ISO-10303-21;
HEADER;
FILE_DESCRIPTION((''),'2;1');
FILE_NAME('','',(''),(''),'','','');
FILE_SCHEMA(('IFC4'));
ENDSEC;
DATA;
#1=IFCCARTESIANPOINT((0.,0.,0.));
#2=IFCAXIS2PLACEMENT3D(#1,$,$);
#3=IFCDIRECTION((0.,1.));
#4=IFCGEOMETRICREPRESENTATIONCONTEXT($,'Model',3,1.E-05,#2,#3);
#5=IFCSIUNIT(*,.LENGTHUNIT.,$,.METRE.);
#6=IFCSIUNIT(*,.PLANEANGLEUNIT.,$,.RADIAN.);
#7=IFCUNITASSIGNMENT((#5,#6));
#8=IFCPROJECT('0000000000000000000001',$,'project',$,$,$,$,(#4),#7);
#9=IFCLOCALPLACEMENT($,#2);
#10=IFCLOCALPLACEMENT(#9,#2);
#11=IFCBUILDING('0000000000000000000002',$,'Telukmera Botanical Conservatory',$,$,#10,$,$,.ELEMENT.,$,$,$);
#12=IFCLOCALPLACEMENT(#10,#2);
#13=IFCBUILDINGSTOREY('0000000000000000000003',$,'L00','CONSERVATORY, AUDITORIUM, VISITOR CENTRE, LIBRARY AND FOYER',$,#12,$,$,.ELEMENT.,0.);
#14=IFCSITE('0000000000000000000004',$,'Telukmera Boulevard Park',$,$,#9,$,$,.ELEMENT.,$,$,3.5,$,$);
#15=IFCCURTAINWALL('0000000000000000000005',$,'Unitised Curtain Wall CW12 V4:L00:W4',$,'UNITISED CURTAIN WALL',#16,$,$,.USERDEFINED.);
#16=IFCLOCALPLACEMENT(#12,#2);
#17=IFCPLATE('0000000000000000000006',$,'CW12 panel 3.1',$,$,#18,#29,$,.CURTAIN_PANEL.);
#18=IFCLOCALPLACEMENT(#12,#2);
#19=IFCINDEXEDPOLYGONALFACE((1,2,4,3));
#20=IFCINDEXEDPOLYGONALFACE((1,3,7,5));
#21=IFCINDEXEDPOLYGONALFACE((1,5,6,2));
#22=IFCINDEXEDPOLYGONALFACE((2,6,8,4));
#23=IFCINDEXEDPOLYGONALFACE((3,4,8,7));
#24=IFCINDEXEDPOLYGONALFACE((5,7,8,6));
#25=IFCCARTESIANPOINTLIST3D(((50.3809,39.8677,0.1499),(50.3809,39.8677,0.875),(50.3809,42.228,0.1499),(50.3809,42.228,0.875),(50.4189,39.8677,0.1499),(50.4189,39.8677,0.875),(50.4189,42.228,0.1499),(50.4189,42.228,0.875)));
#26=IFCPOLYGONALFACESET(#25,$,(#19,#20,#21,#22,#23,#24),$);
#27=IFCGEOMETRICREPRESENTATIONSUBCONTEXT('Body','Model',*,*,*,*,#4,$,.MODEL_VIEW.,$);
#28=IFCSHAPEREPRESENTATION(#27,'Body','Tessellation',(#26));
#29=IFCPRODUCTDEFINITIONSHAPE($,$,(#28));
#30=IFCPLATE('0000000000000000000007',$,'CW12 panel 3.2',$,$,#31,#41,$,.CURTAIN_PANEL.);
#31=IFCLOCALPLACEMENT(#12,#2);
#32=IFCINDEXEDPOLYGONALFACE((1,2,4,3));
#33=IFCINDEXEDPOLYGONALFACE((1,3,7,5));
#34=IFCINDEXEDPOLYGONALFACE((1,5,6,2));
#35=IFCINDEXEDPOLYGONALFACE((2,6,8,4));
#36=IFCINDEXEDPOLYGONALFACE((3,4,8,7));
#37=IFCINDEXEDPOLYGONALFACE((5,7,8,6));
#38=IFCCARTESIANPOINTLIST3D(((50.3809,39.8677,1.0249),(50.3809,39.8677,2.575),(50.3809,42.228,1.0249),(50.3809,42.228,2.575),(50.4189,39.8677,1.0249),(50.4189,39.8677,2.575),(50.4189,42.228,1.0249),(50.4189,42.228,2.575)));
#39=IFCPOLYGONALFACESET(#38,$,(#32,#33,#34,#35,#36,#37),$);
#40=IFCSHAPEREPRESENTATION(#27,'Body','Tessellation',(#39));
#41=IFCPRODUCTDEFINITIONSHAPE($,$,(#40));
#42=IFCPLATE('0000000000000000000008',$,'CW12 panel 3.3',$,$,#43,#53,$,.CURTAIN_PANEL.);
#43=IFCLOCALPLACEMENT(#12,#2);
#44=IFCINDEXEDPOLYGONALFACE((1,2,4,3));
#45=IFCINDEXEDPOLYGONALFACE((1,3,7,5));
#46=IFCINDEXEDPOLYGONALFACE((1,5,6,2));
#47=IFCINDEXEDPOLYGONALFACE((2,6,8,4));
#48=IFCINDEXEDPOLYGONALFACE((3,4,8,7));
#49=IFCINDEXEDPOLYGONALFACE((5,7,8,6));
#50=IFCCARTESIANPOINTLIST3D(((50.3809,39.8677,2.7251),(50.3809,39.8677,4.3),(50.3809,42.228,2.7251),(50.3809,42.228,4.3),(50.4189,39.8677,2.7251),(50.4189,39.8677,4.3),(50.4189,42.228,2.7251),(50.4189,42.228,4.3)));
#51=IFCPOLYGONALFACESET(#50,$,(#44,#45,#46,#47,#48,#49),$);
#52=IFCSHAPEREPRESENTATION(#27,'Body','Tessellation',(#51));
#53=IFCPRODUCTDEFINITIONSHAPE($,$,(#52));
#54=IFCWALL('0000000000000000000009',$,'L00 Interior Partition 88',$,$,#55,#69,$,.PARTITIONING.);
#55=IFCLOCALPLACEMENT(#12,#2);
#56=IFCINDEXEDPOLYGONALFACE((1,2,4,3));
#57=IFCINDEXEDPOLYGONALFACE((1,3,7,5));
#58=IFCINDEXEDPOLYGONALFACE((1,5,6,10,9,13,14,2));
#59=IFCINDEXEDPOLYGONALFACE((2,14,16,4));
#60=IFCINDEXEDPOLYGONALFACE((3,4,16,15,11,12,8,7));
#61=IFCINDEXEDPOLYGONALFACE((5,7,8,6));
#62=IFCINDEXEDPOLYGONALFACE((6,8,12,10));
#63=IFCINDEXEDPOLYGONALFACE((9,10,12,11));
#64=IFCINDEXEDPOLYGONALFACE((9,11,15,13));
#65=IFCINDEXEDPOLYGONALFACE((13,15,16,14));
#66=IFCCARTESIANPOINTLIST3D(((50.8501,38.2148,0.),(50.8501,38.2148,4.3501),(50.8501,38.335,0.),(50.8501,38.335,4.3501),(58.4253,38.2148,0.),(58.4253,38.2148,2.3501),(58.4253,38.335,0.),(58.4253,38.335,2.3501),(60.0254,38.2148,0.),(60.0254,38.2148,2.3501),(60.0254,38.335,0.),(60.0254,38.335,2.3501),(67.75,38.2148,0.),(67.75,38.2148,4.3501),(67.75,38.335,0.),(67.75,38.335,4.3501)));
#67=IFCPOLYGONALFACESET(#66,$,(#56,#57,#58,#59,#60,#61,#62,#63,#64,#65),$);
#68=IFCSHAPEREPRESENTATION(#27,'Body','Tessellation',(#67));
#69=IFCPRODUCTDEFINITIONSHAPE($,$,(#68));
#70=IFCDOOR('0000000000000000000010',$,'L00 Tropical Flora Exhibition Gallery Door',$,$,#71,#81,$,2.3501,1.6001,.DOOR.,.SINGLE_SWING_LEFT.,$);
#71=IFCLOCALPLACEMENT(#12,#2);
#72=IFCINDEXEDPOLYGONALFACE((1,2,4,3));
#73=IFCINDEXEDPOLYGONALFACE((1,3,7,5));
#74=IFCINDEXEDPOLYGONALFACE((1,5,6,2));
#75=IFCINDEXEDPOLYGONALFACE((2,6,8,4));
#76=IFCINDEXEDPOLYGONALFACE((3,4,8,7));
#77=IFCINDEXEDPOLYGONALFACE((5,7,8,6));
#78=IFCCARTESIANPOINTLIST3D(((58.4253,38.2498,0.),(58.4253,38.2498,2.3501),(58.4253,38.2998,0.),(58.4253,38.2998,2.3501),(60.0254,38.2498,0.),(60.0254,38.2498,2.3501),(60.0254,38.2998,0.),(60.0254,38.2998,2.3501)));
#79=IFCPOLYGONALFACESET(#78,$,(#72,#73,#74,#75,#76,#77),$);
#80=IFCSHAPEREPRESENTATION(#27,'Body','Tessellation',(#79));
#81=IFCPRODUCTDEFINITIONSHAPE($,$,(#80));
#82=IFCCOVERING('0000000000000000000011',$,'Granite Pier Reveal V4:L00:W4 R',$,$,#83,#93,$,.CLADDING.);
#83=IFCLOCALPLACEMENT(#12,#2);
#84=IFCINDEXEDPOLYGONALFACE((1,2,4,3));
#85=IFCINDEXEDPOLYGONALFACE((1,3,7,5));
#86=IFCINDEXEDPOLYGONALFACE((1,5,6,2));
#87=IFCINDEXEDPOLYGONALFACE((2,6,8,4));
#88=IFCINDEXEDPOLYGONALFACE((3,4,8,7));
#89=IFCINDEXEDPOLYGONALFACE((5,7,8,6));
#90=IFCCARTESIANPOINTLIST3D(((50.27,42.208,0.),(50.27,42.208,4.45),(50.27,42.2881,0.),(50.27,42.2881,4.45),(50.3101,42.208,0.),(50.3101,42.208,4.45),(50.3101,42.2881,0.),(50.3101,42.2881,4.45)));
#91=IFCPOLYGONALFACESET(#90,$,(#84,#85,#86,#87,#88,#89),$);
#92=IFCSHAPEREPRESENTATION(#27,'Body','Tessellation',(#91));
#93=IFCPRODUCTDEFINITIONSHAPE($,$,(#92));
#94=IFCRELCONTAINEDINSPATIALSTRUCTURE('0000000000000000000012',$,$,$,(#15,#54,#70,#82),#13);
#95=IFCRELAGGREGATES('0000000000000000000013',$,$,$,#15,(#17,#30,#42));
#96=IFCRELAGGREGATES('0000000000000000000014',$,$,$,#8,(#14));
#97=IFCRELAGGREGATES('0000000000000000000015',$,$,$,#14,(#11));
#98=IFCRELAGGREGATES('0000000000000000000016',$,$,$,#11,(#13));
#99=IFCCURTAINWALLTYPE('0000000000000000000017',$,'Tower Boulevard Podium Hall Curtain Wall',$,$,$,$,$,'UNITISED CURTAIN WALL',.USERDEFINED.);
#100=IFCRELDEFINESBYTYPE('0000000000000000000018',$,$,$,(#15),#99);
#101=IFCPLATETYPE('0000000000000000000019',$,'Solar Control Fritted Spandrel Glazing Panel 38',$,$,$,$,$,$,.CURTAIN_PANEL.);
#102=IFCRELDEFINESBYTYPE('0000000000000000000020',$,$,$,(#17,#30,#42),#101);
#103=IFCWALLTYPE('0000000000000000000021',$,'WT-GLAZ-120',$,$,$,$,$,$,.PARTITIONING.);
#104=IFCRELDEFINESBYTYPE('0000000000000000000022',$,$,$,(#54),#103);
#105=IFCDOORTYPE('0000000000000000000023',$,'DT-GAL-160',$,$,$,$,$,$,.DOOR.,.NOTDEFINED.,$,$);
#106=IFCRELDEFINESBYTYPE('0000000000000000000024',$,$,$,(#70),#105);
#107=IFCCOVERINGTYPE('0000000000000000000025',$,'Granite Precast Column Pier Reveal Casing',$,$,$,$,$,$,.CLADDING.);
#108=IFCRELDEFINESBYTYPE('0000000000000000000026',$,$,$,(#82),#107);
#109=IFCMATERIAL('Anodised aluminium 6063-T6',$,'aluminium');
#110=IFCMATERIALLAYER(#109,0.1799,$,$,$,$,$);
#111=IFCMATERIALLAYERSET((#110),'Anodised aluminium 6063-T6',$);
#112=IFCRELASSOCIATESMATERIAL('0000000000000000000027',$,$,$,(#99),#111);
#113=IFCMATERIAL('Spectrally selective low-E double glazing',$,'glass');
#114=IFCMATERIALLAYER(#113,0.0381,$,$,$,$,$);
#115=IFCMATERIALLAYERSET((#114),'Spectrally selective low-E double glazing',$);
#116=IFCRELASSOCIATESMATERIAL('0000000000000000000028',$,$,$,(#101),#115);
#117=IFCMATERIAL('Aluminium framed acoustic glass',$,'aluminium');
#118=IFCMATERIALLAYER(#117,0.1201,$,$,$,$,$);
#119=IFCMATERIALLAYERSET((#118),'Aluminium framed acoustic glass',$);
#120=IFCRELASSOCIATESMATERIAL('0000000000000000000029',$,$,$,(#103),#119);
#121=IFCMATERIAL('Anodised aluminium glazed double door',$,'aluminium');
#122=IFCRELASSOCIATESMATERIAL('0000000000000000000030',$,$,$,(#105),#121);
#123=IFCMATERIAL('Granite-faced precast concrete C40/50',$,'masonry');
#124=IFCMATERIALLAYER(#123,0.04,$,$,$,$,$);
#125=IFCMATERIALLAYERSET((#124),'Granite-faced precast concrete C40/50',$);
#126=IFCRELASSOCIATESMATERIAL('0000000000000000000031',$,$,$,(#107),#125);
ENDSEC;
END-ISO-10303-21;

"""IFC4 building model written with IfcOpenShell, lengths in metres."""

from ifc_helpers import new_model, si_unit, direction, frame, frame_2d, origin, origin_2d, place, context, subcontext, project, spatial, rectangle, extrude, material, layer, layer_set, type_object, element, fill, aggregate, save


model = new_model("IFC4")

# Units and contexts
model_context = context("Model", 3, precision=1e-05, world=origin(), true_north=direction((0.0, 1.0)))
body_context = subcontext(model_context, "Body", "Model", "MODEL_VIEW")
ifc_project = project(units=[si_unit("LENGTHUNIT", "METRE"), si_unit("PLANEANGLEUNIT", "RADIAN")], contexts=[model_context])

# Site, building, storey
site_placement = place(None, origin())
site = spatial("IfcSite", under=ifc_project, at=site_placement, Name="Telukmera Boulevard Park", CompositionType="ELEMENT", RefElevation=3.5)
building_placement = place(site_placement, origin())
building = spatial("IfcBuilding", under=site, at=building_placement, Name="Telukmera Botanical Conservatory", CompositionType="ELEMENT")
storey_placement = place(building_placement, origin())
storey = spatial("IfcBuildingStorey", under=building, at=storey_placement, Name="L00", Description="CONSERVATORY, AUDITORIUM, VISITOR CENTRE, LIBRARY AND FOYER", CompositionType="ELEMENT", Elevation=0.0)

# Curtain wall, plates
ifc_material_1 = material(Name="Anodised aluminium 6063-T6", Category="aluminium")
ifc_layer_1 = layer(ifc_material_1, 0.1799)
ifc_layer_set_1 = layer_set([ifc_layer_1], Name="Anodised aluminium 6063-T6")
curtain_wall_type = type_object("IfcCurtainWallType", Name="Tower Boulevard Podium Hall Curtain Wall", ElementType="UNITISED CURTAIN WALL", PredefinedType="USERDEFINED", material=ifc_layer_set_1)
curtain_wall_placement = place(storey_placement, origin())
curtain_wall = element("IfcCurtainWall", 1, at=curtain_wall_placement, inside=storey, type_object=curtain_wall_type, Name="Unitised Curtain Wall CW12 V4:L00:W4", ObjectType="UNITISED CURTAIN WALL", PredefinedType="USERDEFINED")
ifc_material_2 = material(Name="Spectrally selective low-E double glazing", Category="glass")
ifc_layer_2 = layer(ifc_material_2, 0.0381)
ifc_layer_set_2 = layer_set([ifc_layer_2], Name="Spectrally selective low-E double glazing")
plate_type = type_object("IfcPlateType", Name="Solar Control Fritted Spandrel Glazing Panel 38", PredefinedType="CURTAIN_PANEL", material=ifc_layer_set_2)
plate_1_placement = place(storey_placement, frame((50.3999, 41.0479, 0.1499), z_axis=(0.0, 0.0, 1.0), x_axis=(0.0, 1.0, 0.0)))
plate_1 = element("IfcPlate", 2, at=plate_1_placement, type_object=plate_type, Name="CW12 panel 3.1", PredefinedType="CURTAIN_PANEL", context=body_context, shape_type="SweptSolid", body=[
    extrude(rectangle(XDim=2.3604, YDim=0.0381, at=origin_2d()), origin(), (0.0, 0.0, 1.0), 0.7251),
])
plate_2_placement = place(storey_placement, frame((50.3999, 41.0479, 1.0249), z_axis=(0.0, 0.0, 1.0), x_axis=(0.0, 1.0, 0.0)))
plate_2 = element("IfcPlate", 3, at=plate_2_placement, type_object=plate_type, Name="CW12 panel 3.2", PredefinedType="CURTAIN_PANEL", context=body_context, shape_type="SweptSolid", body=[
    extrude(rectangle(XDim=2.3604, YDim=0.0381, at=origin_2d()), origin(), (0.0, 0.0, 1.0), 1.55),
])
plate_3_placement = place(storey_placement, frame((50.3999, 41.0479, 2.7251), z_axis=(0.0, 0.0, 1.0), x_axis=(0.0, 1.0, 0.0)))
plate_3 = element("IfcPlate", 4, at=plate_3_placement, type_object=plate_type, Name="CW12 panel 3.3", PredefinedType="CURTAIN_PANEL", context=body_context, shape_type="SweptSolid", body=[
    extrude(rectangle(XDim=2.3604, YDim=0.0381, at=origin_2d()), origin(), (0.0, 0.0, 1.0), 1.575),
])
aggregate(curtain_wall, [plate_1, plate_2, plate_3])

# Wall, opening, door
ifc_material_3 = material(Name="Aluminium framed acoustic glass", Category="aluminium")
ifc_layer_3 = layer(ifc_material_3, 0.1201)
ifc_layer_set_3 = layer_set([ifc_layer_3], Name="Aluminium framed acoustic glass")
wall_type = type_object("IfcWallType", Name="WT-GLAZ-120", PredefinedType="PARTITIONING", material=ifc_layer_set_3)
wall_placement = place(storey_placement, frame((50.8501, 38.2749, 0.0), z_axis=(0.0, 0.0, 1.0), x_axis=(1.0, 0.0, 0.0)))
wall = element("IfcWall", 5, at=wall_placement, inside=storey, type_object=wall_type, Name="L00 Interior Partition 88", PredefinedType="PARTITIONING", context=body_context, shape_type="SweptSolid", body=[
    extrude(rectangle(XDim=16.8999, YDim=0.1201, at=frame_2d((8.45, 0.0))), origin(), (0.0, 0.0, 1.0), 4.3501),
])
opening_placement = place(wall_placement, frame((7.5752, 0.0, 0.0)))
opening = element("IfcOpeningElement", 6, at=opening_placement, cuts=wall, PredefinedType="OPENING", context=body_context, shape_type="SweptSolid", body=[
    extrude(rectangle(XDim=1.6001, YDim=2.3501, at=frame_2d((0.8, 1.175))), frame((0.0, 0.0701, 0.0), z_axis=(0.0, -1.0, 0.0), x_axis=(1.0, 0.0, 0.0)), (0.0, 0.0, 1.0), 0.1401),
])
ifc_material_4 = material(Name="Anodised aluminium glazed double door", Category="aluminium")
door_type = type_object("IfcDoorType", Name="DT-GAL-160", OperationType="NOTDEFINED", PredefinedType="DOOR", material=ifc_material_4)
door_placement = place(opening_placement, origin())
door = element("IfcDoor", 7, at=door_placement, inside=storey, type_object=door_type, Name="L00 Tropical Flora Exhibition Gallery Door", OperationType="SINGLE_SWING_LEFT", OverallHeight=2.3501, OverallWidth=1.6001, PredefinedType="DOOR", context=body_context, shape_type="SweptSolid", body=[
    extrude(rectangle(XDim=1.6001, YDim=2.3501, at=frame_2d((0.8, 1.175))), frame((0.0, 0.0249, 0.0), z_axis=(0.0, -1.0, 0.0), x_axis=(1.0, 0.0, 0.0)), (0.0, 0.0, 1.0), 0.05),
])
fill(opening, door)

# Covering
ifc_material_5 = material(Name="Granite-faced precast concrete C40/50", Category="masonry")
ifc_layer_4 = layer(ifc_material_5, 0.04)
ifc_layer_set_4 = layer_set([ifc_layer_4], Name="Granite-faced precast concrete C40/50")
covering_type = type_object("IfcCoveringType", Name="Granite Precast Column Pier Reveal Casing", PredefinedType="CLADDING", material=ifc_layer_set_4)
covering_placement = place(storey_placement, frame((50.29, 42.248, 0.0), z_axis=(0.0, 0.0, 1.0), x_axis=(0.0, 1.0, 0.0)))
element("IfcCovering", 8, at=covering_placement, inside=storey, type_object=covering_type, Name="Granite Pier Reveal V4:L00:W4 R", PredefinedType="CLADDING", context=body_context, shape_type="SweptSolid", body=[
    extrude(rectangle(XDim=0.0801, YDim=0.04, at=origin_2d()), origin(), (0.0, 0.0, 1.0), 4.45),
])

save(model, "model.ifc")
